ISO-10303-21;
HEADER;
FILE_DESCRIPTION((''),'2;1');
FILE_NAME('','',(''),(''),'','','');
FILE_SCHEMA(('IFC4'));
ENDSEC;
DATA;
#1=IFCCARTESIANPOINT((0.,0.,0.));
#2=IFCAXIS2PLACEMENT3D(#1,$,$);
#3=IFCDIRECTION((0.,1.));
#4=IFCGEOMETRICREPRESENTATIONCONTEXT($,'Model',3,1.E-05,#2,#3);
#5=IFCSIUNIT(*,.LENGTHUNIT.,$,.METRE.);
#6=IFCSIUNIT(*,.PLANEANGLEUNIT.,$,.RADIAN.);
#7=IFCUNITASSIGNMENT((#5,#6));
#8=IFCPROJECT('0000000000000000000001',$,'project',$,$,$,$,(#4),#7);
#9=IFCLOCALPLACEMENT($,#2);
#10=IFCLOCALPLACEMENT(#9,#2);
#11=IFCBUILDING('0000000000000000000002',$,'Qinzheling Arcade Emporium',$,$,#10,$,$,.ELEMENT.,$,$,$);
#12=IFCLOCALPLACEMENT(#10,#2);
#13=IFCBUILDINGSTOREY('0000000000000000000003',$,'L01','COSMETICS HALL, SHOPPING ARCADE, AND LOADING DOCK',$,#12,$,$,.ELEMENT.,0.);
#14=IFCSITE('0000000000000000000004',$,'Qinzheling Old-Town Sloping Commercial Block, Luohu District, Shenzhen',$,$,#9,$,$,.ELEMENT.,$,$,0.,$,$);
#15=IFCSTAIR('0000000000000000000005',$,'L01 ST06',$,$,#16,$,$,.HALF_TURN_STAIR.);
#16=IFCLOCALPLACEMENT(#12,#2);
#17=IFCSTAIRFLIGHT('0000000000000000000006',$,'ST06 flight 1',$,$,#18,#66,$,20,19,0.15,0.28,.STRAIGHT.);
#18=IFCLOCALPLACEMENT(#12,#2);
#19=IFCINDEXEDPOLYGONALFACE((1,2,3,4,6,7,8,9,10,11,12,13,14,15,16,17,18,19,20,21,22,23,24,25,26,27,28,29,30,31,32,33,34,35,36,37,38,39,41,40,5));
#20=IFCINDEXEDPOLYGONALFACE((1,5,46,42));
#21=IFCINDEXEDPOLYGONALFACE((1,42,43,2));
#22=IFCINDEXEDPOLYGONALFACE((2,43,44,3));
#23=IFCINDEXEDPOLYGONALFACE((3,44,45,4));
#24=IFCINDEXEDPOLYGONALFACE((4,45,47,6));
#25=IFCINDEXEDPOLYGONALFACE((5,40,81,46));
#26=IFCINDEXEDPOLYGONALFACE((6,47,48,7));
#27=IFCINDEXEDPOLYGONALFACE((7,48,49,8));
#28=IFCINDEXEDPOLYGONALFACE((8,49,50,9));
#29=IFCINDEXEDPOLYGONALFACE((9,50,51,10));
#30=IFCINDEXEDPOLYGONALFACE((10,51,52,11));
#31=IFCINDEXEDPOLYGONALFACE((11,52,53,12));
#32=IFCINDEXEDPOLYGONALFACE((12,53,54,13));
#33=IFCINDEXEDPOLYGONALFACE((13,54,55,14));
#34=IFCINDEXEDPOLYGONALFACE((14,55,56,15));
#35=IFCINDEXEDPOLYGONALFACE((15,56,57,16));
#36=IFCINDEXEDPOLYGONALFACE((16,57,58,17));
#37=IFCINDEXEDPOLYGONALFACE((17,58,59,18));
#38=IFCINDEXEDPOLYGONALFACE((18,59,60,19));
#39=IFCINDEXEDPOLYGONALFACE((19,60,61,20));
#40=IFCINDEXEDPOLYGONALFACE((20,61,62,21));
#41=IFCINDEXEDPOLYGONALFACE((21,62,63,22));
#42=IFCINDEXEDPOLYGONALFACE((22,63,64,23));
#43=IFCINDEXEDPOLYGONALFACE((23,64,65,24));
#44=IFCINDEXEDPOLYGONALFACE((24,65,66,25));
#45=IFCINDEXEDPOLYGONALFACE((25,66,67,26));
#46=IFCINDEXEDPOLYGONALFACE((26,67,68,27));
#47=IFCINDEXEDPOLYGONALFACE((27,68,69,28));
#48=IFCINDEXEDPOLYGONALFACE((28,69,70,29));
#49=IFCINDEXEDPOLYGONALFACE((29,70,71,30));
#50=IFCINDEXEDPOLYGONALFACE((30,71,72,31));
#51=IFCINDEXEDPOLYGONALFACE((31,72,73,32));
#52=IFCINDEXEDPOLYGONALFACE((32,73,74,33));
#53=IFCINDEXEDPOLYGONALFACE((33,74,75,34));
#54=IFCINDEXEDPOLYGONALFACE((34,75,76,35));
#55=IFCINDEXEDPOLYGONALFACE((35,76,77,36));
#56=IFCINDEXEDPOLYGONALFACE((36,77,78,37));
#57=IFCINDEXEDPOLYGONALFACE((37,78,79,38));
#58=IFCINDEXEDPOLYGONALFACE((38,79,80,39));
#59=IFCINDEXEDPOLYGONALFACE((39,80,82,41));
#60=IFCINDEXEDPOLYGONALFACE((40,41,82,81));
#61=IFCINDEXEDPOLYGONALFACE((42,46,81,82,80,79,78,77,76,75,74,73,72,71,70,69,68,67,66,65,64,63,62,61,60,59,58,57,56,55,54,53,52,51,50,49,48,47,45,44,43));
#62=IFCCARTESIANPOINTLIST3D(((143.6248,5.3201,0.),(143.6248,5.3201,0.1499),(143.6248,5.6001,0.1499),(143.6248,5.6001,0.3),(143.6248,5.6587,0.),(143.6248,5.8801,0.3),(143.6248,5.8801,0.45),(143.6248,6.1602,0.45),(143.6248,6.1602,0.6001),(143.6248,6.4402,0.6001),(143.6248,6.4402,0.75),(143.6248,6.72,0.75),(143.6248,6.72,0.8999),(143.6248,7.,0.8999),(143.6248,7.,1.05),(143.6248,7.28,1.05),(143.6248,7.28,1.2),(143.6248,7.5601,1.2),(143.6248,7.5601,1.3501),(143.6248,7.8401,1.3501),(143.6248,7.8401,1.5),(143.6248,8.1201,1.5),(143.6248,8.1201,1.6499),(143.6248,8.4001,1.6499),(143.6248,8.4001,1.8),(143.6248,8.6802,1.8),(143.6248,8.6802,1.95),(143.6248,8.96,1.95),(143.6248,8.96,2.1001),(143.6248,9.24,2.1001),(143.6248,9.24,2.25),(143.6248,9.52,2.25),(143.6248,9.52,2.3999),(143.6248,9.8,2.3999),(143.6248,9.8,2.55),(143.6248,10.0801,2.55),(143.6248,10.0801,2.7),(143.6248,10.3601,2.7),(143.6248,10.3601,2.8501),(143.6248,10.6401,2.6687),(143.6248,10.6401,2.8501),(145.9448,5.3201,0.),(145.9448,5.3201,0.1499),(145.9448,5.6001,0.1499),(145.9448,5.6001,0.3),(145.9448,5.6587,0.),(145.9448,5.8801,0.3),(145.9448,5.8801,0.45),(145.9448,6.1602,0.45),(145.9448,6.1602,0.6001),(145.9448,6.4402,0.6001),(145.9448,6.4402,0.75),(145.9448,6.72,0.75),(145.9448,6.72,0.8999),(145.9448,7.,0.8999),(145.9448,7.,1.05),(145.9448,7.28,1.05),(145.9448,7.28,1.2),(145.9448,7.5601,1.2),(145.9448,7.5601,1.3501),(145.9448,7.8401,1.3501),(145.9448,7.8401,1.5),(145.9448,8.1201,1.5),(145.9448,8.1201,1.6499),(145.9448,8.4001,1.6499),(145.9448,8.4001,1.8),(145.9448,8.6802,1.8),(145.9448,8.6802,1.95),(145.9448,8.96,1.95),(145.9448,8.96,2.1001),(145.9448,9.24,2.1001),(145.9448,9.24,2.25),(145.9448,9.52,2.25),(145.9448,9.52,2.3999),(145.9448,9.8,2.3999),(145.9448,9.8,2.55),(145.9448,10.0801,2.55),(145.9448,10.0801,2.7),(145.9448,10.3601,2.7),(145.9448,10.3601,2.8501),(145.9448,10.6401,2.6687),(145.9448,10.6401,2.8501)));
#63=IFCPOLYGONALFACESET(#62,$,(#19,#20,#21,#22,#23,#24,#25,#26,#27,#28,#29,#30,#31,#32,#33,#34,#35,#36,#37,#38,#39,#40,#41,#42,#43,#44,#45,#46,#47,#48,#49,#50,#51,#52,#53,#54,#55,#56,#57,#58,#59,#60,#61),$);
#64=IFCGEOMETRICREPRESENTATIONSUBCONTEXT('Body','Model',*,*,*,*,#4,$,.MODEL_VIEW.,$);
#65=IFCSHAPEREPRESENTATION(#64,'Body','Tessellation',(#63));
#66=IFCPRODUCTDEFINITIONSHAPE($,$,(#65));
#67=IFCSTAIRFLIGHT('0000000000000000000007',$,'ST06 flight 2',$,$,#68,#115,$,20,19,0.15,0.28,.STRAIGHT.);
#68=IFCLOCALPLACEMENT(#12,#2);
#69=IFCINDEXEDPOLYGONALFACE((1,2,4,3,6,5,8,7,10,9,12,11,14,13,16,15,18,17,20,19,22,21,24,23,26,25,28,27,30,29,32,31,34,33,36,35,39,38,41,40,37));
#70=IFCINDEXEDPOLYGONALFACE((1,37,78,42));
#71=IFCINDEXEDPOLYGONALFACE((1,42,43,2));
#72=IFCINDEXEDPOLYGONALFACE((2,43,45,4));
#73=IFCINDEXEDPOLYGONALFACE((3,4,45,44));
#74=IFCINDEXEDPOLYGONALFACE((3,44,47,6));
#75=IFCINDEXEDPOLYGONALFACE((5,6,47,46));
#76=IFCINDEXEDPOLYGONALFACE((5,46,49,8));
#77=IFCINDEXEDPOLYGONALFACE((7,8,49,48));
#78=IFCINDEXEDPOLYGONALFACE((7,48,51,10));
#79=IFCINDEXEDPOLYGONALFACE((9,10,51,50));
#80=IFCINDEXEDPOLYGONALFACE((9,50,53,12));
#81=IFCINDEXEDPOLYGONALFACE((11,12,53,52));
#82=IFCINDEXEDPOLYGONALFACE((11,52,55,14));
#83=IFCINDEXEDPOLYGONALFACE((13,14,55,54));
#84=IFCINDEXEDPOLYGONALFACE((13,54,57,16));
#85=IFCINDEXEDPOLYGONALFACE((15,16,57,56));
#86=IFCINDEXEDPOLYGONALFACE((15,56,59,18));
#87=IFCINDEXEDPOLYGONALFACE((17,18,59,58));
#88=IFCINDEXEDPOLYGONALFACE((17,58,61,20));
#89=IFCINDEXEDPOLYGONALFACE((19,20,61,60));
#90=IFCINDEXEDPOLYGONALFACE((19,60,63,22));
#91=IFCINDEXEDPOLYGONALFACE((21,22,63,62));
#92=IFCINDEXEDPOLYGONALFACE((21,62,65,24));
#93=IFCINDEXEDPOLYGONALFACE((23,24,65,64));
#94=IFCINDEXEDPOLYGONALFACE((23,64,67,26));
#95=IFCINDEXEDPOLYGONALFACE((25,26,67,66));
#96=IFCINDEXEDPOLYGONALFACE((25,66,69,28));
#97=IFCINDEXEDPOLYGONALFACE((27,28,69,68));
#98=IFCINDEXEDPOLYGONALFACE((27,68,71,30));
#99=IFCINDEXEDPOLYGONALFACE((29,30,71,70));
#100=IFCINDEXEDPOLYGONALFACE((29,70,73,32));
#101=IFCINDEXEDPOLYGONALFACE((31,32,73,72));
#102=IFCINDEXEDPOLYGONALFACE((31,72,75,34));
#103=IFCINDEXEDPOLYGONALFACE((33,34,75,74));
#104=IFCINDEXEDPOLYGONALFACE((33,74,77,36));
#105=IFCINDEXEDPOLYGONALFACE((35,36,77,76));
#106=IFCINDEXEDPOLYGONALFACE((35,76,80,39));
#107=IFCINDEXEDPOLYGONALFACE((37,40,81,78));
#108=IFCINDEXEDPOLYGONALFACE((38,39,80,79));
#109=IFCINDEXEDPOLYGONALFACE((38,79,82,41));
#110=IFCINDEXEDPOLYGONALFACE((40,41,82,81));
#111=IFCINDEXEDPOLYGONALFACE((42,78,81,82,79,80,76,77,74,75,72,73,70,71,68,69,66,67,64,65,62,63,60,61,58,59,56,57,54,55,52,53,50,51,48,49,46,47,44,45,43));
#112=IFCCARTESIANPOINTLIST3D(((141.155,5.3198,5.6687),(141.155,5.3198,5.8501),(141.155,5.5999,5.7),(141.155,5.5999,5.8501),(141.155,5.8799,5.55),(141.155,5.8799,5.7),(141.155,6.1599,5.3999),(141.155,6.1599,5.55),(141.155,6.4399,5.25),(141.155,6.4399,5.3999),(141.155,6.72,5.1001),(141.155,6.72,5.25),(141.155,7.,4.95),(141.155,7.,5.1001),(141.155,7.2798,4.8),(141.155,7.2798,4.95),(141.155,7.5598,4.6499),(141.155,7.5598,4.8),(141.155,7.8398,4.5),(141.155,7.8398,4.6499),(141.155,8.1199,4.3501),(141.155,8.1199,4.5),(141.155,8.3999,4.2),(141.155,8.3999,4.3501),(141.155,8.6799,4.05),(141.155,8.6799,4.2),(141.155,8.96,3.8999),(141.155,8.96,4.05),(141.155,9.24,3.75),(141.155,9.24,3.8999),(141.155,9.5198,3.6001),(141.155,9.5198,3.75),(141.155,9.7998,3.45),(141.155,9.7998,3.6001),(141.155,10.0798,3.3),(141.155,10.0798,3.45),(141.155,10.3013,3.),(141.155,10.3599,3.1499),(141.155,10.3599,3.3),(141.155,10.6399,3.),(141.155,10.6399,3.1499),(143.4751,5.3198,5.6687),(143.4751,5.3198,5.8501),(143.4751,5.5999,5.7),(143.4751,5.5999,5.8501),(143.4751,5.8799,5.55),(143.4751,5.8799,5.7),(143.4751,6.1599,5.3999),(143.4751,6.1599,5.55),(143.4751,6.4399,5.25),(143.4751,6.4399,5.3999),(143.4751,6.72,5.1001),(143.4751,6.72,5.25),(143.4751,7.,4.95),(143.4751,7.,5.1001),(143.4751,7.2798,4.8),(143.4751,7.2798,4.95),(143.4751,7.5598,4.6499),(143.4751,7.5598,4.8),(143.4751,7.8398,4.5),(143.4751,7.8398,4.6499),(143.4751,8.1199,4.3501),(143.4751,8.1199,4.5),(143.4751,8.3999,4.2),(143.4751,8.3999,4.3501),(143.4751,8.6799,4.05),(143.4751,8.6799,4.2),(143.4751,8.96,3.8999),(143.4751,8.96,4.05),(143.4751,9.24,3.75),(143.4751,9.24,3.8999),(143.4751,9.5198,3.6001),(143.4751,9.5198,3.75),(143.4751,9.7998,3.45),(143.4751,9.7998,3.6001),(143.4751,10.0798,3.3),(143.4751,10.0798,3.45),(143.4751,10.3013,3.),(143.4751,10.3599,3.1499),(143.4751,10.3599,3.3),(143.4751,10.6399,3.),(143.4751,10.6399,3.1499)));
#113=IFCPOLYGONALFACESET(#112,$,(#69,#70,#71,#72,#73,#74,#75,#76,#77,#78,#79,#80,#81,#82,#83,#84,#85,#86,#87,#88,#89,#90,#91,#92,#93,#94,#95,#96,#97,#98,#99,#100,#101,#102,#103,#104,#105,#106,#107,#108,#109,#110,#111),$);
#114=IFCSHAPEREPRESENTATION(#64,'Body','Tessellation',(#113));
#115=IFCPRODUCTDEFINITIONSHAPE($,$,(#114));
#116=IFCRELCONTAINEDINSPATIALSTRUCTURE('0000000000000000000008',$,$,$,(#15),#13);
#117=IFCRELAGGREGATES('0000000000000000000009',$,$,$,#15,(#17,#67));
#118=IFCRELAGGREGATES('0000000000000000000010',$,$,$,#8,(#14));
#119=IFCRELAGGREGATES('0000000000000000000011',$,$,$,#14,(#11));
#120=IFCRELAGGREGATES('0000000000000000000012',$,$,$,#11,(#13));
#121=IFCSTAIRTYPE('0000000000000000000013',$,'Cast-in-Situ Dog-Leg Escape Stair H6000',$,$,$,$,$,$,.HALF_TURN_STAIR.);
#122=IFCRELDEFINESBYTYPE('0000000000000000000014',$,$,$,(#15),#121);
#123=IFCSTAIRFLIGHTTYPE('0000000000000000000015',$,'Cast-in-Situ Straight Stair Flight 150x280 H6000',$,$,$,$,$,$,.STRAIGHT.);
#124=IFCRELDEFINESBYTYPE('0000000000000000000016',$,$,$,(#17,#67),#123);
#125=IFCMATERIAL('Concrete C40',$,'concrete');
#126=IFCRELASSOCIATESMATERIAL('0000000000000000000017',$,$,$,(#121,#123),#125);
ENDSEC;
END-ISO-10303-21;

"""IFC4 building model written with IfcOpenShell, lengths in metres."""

from ifc_helpers import new_model, si_unit, direction, frame, origin, place, context, subcontext, project, spatial, polyline, outline, extrude, material, type_object, element, aggregate, save


model = new_model("IFC4")

# Units and contexts
model_context = context("Model", 3, precision=1e-05, world=origin(), true_north=direction((0.0, 1.0)))
body_context = subcontext(model_context, "Body", "Model", "MODEL_VIEW")
ifc_project = project(units=[si_unit("LENGTHUNIT", "METRE"), si_unit("PLANEANGLEUNIT", "RADIAN")], contexts=[model_context])

# Site, building, storey
site_placement = place(None, origin())
site = spatial("IfcSite", under=ifc_project, at=site_placement, Name="Qinzheling Old-Town Sloping Commercial Block, Luohu District, Shenzhen", CompositionType="ELEMENT", RefElevation=0.0)
building_placement = place(site_placement, origin())
building = spatial("IfcBuilding", under=site, at=building_placement, Name="Qinzheling Arcade Emporium", CompositionType="ELEMENT")
storey_placement = place(building_placement, origin())
storey = spatial("IfcBuildingStorey", under=building, at=storey_placement, Name="L01", Description="COSMETICS HALL, SHOPPING ARCADE, AND LOADING DOCK", CompositionType="ELEMENT", Elevation=0.0)

# Shared definitions
ifc_material_1 = material(Name="Concrete C40", Category="concrete")

# Stair, stair flights
stair_type = type_object("IfcStairType", Name="Cast-in-Situ Dog-Leg Escape Stair H6000", PredefinedType="HALF_TURN_STAIR", material=ifc_material_1)
stair_placement = place(storey_placement, origin())
stair = element("IfcStair", 1, at=stair_placement, inside=storey, type_object=stair_type, Name="L01 ST06", PredefinedType="HALF_TURN_STAIR")
stair_flight_type = type_object("IfcStairFlightType", Name="Cast-in-Situ Straight Stair Flight 150x280 H6000", PredefinedType="STRAIGHT", material=ifc_material_1)
stair_flight_1_placement = place(storey_placement, frame((144.7849, 5.3201, 0.0), z_axis=(0.0, 0.0, 1.0), x_axis=(0.0, 1.0, 0.0)))
stair_flight_1 = element("IfcStairFlight", 2, at=stair_flight_1_placement, type_object=stair_flight_type, Name="ST06 flight 1", NumberOfRisers=20, NumberOfTreads=19, PredefinedType="STRAIGHT", RiserHeight=0.15, TreadLength=0.28, context=body_context, shape_type="SweptSolid", body=[
    extrude(outline(polyline([(0.0, 0.0), (0.0, 0.1499), (0.28, 0.1499), (0.28, 0.3), (0.5601, 0.3), (0.5601, 0.45), (0.8401, 0.45), (0.8401, 0.6001), (1.1201, 0.6001), (1.1201, 0.75), (1.3999, 0.75), (1.3999, 0.8999), (1.6799, 0.8999), (1.6799, 1.05), (1.96, 1.05), (1.96, 1.2), (2.24, 1.2), (2.24, 1.3501), (2.52, 1.3501), (2.52, 1.5), (2.8, 1.5), (2.8, 1.6499), (3.0801, 1.6499), (3.0801, 1.8), (3.3601, 1.8), (3.3601, 1.95), (3.6399, 1.95), (3.6399, 2.1001), (3.9199, 2.1001), (3.9199, 2.25), (4.2, 2.25), (4.2, 2.3999), (4.48, 2.3999), (4.48, 2.55), (4.76, 2.55), (4.76, 2.7), (5.04, 2.7), (5.04, 2.8501), (5.3201, 2.8501), (5.3201, 3.0), (5.3201, 2.6687), (0.3386, 0.0), (0.0, 0.0)])), frame((0.0, 1.1602, 0.0), z_axis=(0.0, -1.0, 0.0), x_axis=(1.0, 0.0, 0.0)), (0.0, 0.0, 1.0), 2.3201),
])
stair_flight_2_placement = place(storey_placement, frame((142.3149, 10.6399, 3.0), z_axis=(0.0, 0.0, 1.0), x_axis=(0.0, -1.0, 0.0)))
stair_flight_2 = element("IfcStairFlight", 3, at=stair_flight_2_placement, type_object=stair_flight_type, Name="ST06 flight 2", NumberOfRisers=20, NumberOfTreads=19, PredefinedType="STRAIGHT", RiserHeight=0.15, TreadLength=0.28, context=body_context, shape_type="SweptSolid", body=[
    extrude(outline(polyline([(0.0, 0.0), (0.0, 0.1499), (0.28, 0.1499), (0.28, 0.3), (0.5601, 0.3), (0.5601, 0.45), (0.8401, 0.45), (0.8401, 0.6001), (1.1201, 0.6001), (1.1201, 0.75), (1.3999, 0.75), (1.3999, 0.8999), (1.6799, 0.8999), (1.6799, 1.05), (1.96, 1.05), (1.96, 1.2), (2.24, 1.2), (2.24, 1.3501), (2.52, 1.3501), (2.52, 1.5), (2.8, 1.5), (2.8, 1.6499), (3.0801, 1.6499), (3.0801, 1.8), (3.3601, 1.8), (3.3601, 1.95), (3.6399, 1.95), (3.6399, 2.1001), (3.9199, 2.1001), (3.9199, 2.25), (4.2, 2.25), (4.2, 2.3999), (4.48, 2.3999), (4.48, 2.55), (4.76, 2.55), (4.76, 2.7), (5.04, 2.7), (5.04, 2.8501), (5.3201, 2.8501), (5.3201, 3.0), (5.3201, 2.6687), (0.3386, 0.0), (0.0, 0.0)])), frame((0.0, 1.1602, 0.0), z_axis=(0.0, -1.0, 0.0), x_axis=(1.0, 0.0, 0.0)), (0.0, 0.0, 1.0), 2.3201),
])
aggregate(stair, [stair_flight_1, stair_flight_2])

save(model, "model.ifc")
